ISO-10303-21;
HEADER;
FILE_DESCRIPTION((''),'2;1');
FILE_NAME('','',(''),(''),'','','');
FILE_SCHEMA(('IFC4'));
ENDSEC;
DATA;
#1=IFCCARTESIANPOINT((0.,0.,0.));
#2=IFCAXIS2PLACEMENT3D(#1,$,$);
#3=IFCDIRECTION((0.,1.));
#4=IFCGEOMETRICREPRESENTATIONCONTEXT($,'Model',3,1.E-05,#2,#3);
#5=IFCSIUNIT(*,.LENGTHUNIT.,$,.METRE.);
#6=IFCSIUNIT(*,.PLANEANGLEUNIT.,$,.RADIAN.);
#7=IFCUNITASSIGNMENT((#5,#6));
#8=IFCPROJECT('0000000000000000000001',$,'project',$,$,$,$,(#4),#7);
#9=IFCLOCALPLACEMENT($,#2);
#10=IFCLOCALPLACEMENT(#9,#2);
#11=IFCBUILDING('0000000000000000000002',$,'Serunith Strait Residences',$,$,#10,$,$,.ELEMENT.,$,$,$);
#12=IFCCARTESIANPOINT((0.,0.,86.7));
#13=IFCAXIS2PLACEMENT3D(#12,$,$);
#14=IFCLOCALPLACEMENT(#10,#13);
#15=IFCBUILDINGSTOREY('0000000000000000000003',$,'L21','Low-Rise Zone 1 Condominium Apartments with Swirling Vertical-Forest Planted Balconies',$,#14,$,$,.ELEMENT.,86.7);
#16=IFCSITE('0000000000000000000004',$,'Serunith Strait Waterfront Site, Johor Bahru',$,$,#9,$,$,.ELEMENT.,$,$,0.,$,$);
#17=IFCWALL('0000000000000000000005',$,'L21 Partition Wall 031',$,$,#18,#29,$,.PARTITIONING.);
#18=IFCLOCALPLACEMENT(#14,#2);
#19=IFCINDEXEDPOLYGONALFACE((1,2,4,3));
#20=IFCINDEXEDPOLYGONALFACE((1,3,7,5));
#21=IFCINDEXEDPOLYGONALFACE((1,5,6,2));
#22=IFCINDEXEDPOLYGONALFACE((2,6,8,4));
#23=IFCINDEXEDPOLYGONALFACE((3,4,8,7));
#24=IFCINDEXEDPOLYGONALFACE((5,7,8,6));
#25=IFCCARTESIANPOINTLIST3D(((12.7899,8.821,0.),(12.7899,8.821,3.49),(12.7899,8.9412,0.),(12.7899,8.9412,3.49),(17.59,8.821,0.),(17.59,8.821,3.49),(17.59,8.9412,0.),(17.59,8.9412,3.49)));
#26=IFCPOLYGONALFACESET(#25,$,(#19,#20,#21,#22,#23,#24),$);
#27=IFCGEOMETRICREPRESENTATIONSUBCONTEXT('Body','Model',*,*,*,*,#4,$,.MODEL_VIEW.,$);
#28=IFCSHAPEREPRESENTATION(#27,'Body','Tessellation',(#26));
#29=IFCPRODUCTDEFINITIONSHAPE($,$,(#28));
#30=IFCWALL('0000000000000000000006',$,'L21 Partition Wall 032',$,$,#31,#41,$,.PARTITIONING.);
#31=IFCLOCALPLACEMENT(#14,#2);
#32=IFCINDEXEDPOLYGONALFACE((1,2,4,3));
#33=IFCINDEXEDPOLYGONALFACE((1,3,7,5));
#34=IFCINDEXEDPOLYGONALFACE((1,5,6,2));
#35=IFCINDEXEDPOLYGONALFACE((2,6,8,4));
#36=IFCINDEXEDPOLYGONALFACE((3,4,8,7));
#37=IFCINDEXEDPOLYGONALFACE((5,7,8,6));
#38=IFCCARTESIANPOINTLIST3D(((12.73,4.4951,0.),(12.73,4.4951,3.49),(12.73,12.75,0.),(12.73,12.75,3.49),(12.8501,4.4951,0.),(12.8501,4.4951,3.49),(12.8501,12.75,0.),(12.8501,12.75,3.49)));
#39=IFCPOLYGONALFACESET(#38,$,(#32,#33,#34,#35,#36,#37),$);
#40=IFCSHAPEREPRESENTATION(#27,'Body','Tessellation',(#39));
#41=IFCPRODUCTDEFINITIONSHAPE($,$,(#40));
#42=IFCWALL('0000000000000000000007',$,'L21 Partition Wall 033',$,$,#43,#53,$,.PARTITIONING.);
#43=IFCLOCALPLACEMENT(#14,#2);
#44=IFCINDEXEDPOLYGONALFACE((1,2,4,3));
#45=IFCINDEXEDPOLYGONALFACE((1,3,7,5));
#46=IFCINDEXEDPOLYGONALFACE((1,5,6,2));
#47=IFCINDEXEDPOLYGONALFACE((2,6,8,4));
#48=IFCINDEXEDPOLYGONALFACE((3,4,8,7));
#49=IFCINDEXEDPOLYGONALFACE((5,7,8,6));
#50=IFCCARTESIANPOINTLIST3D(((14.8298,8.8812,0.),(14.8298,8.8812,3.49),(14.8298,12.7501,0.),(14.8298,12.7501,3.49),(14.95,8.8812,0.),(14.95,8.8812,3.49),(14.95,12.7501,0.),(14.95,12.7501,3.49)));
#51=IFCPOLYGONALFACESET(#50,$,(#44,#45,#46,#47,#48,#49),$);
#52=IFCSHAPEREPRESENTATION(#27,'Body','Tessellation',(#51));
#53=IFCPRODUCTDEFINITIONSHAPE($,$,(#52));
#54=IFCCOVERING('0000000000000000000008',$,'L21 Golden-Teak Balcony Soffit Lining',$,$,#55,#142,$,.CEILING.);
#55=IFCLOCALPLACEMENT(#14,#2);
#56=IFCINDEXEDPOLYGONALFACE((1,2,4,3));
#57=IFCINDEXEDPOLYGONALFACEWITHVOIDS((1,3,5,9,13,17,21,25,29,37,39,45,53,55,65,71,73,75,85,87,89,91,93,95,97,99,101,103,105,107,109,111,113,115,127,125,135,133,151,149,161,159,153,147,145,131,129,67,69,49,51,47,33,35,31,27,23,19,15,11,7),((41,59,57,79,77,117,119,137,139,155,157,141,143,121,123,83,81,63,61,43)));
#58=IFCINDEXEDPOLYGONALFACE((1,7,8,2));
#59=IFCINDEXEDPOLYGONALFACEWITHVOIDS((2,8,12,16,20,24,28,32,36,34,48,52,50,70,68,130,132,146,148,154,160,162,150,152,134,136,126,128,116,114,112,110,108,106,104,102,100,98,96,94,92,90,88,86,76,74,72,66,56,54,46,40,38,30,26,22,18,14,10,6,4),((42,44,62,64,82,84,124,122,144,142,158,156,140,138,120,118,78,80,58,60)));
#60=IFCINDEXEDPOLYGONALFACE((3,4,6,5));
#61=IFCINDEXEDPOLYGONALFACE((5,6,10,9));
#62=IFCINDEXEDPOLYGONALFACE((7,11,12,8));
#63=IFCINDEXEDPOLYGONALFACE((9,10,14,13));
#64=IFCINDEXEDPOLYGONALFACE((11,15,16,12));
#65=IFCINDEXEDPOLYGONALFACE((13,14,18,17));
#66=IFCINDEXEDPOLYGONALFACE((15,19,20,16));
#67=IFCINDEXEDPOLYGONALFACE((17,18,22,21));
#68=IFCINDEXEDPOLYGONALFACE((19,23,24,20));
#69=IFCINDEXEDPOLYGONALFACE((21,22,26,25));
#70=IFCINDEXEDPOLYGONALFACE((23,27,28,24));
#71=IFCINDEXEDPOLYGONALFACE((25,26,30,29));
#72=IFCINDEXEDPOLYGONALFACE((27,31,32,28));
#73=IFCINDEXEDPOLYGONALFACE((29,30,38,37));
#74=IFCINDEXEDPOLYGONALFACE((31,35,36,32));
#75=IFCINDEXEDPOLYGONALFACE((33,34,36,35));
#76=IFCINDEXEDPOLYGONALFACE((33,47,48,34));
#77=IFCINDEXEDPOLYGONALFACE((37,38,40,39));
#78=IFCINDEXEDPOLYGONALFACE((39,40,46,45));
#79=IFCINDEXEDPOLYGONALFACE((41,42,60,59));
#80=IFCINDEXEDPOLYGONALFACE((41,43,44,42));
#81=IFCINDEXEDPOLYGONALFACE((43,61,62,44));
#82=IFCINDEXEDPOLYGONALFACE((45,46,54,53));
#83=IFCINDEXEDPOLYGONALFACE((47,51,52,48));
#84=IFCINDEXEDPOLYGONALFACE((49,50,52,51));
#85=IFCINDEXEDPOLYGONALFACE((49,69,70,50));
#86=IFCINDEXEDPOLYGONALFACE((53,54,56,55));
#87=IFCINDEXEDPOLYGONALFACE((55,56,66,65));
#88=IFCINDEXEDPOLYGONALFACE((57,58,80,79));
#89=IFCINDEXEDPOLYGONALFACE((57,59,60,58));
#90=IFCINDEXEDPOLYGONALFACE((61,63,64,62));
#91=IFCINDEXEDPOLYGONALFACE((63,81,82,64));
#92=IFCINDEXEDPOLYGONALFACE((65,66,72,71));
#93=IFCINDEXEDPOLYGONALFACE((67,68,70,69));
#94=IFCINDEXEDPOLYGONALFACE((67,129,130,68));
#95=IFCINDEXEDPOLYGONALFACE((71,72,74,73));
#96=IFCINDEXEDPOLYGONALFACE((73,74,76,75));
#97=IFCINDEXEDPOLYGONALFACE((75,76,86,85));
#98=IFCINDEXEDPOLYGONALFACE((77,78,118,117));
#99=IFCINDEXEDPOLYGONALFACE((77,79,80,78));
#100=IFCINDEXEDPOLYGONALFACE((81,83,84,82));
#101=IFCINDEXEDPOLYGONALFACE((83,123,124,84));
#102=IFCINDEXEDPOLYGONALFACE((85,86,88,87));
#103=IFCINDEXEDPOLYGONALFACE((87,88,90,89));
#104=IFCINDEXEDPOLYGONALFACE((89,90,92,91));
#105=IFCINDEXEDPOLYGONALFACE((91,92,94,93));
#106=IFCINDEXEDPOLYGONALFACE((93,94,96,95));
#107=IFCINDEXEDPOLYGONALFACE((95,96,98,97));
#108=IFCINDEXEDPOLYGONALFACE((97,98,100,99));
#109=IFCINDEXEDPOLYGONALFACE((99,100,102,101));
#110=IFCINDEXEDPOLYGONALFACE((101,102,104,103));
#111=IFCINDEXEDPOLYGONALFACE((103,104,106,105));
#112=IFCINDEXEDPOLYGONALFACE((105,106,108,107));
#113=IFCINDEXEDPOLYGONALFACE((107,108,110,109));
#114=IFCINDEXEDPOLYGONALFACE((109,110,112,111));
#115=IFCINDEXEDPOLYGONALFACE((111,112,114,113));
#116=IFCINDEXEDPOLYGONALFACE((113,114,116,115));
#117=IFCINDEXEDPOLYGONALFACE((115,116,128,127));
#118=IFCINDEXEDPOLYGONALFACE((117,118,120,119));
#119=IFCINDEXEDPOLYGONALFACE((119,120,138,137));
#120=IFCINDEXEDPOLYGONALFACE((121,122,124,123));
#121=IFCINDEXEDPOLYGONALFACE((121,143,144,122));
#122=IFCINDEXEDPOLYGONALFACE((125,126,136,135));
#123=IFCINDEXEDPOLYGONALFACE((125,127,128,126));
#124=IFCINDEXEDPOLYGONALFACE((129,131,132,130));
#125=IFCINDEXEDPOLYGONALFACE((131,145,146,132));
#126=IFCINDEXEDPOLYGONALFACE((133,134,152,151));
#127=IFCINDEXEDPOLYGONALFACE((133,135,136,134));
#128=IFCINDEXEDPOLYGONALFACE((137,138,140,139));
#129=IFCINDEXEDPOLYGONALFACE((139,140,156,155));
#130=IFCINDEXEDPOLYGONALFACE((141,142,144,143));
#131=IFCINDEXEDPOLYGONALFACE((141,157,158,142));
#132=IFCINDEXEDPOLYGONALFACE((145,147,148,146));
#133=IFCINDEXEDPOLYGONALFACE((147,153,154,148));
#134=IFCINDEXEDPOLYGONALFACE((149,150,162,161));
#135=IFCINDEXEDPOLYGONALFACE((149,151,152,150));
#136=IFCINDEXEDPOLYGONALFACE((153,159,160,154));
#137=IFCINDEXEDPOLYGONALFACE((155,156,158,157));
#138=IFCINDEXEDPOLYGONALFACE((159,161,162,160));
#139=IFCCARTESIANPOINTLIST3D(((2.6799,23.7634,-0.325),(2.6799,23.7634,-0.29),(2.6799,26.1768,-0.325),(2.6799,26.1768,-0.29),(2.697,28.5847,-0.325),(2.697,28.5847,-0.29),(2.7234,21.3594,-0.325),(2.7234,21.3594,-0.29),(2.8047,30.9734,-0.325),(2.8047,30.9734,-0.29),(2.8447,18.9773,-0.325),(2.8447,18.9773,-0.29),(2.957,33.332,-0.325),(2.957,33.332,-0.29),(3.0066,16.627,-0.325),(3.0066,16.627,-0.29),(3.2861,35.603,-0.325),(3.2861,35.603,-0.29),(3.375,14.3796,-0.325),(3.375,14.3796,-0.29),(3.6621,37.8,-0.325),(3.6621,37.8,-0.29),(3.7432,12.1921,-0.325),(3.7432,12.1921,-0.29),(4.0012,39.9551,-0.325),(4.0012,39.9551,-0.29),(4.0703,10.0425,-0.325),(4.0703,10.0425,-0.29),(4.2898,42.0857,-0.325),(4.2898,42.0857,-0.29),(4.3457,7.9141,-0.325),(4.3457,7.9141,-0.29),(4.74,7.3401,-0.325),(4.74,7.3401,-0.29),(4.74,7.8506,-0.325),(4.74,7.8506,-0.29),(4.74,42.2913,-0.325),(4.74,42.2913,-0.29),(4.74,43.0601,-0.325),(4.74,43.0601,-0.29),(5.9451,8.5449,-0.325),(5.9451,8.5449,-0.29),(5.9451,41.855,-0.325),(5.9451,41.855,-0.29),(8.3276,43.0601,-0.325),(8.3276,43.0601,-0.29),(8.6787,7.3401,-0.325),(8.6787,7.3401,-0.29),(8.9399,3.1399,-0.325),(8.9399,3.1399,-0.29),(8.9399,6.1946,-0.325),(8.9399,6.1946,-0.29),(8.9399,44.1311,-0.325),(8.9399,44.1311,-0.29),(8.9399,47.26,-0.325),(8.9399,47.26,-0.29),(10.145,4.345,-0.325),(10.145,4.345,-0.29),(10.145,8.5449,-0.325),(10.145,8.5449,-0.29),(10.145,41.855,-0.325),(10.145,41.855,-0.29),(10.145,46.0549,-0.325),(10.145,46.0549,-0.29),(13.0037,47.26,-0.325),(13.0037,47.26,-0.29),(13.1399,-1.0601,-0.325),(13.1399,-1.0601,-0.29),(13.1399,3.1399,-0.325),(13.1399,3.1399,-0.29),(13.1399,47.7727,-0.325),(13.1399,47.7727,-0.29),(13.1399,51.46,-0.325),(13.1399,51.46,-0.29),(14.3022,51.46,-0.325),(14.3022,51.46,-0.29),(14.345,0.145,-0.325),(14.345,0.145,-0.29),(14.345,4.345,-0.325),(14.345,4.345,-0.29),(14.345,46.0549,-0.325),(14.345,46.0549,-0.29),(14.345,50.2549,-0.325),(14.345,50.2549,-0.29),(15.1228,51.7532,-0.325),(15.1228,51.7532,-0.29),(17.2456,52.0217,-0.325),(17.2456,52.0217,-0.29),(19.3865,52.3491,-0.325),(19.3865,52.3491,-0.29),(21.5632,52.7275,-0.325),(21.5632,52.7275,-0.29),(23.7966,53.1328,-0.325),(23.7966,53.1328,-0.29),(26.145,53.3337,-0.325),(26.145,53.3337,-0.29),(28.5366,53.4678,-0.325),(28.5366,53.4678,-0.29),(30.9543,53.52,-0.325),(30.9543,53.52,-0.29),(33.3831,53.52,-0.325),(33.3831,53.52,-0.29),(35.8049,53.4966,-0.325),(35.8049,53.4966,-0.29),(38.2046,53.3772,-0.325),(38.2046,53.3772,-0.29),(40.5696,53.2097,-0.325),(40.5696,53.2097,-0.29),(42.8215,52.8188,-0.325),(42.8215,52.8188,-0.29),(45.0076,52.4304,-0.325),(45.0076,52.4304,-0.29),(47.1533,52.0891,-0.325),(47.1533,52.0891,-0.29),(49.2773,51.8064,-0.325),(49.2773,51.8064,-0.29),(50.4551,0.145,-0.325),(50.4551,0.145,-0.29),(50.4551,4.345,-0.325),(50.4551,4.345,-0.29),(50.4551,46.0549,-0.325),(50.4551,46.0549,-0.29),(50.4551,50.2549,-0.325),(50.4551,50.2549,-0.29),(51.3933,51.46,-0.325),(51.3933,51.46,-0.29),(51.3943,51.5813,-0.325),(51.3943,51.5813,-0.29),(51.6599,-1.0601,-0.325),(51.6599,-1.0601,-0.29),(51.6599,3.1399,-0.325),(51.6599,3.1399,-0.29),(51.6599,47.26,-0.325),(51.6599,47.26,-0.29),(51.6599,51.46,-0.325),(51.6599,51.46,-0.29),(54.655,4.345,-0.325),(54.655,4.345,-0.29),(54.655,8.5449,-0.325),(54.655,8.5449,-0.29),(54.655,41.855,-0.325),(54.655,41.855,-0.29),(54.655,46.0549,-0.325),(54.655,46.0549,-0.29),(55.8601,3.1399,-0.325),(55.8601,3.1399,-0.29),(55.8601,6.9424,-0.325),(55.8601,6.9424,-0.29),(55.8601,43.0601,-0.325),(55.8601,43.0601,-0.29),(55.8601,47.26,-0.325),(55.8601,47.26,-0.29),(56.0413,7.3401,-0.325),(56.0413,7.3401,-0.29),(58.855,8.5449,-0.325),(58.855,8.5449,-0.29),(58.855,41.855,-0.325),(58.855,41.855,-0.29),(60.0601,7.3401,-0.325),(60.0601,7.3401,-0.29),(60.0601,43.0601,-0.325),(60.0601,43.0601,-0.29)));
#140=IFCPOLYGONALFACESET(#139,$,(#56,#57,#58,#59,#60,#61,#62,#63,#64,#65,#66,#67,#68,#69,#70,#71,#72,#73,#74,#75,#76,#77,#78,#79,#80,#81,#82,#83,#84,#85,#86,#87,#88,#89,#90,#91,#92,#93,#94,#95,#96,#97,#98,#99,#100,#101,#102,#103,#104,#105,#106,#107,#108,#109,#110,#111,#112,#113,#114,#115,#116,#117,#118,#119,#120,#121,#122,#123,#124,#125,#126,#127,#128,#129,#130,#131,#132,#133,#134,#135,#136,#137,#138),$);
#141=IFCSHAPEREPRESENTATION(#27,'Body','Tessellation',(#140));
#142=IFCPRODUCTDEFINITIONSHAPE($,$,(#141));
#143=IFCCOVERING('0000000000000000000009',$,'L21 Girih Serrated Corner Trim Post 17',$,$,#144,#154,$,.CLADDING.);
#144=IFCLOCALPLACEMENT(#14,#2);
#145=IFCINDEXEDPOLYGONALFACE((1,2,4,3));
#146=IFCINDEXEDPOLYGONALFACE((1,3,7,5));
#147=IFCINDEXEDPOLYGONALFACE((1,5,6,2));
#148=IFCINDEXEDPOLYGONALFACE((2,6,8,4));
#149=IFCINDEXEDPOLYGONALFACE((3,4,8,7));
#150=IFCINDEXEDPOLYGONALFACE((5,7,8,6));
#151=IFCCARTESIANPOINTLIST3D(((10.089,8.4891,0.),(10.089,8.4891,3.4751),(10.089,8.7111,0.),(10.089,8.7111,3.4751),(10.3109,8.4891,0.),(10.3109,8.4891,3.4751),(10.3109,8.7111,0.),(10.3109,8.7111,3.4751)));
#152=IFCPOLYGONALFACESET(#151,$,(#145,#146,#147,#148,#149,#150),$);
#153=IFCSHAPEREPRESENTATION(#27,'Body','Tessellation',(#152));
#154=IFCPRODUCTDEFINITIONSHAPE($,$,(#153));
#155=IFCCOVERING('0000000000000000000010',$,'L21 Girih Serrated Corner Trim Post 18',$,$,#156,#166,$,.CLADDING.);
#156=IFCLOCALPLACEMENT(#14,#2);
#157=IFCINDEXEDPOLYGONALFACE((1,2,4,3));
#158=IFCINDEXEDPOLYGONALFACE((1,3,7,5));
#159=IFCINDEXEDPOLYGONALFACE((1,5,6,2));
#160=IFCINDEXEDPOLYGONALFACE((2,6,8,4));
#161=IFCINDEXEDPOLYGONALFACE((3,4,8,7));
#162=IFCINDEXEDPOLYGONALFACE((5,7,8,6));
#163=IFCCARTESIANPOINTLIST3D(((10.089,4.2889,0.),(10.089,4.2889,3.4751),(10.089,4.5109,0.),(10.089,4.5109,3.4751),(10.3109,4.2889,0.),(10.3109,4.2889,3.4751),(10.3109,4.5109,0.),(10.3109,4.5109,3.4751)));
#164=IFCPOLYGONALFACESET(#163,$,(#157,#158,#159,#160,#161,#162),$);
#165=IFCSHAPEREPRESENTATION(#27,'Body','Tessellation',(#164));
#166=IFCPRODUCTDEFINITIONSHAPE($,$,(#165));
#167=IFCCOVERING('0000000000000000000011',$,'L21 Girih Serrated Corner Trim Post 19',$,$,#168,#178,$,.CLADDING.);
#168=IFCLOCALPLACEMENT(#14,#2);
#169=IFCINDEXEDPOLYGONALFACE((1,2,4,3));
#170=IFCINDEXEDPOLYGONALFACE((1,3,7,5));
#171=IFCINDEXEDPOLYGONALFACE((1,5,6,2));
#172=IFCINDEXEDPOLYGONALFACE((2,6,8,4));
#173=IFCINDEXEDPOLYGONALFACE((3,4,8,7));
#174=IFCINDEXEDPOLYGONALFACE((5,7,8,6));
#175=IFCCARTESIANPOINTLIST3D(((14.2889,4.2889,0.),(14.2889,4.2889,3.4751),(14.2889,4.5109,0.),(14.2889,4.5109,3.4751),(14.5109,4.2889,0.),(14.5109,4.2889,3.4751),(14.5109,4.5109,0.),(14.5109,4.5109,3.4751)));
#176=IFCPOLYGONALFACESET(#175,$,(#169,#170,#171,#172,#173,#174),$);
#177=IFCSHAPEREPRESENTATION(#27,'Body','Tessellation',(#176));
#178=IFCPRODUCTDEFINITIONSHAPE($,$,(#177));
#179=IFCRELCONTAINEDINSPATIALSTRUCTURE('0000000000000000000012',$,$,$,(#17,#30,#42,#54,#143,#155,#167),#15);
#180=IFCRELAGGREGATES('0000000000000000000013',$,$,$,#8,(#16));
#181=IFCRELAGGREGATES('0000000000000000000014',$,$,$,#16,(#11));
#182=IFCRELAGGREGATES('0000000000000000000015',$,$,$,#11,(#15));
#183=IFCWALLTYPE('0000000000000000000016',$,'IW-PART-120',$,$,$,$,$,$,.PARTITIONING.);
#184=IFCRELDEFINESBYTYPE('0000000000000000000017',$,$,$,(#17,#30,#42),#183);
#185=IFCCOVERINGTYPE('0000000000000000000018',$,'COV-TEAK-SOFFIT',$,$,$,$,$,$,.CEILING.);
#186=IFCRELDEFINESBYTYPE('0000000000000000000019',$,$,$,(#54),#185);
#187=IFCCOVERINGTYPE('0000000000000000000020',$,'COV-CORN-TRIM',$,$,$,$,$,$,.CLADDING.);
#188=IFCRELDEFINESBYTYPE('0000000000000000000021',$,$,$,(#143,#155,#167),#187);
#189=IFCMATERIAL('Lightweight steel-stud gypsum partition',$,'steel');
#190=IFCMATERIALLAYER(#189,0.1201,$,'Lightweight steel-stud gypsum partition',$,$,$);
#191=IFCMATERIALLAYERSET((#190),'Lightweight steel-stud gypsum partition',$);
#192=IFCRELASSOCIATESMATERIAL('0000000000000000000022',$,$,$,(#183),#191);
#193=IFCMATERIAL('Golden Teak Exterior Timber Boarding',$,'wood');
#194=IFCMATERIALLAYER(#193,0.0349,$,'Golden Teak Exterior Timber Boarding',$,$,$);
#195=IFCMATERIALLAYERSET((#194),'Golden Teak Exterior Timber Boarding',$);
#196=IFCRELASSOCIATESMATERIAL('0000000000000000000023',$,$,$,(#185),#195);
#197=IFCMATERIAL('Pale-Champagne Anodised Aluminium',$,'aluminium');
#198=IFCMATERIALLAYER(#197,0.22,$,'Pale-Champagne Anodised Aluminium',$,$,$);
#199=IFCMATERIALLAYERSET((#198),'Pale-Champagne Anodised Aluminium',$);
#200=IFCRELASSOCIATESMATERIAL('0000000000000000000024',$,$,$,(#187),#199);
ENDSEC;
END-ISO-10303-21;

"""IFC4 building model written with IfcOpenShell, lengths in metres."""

from ifc_helpers import new_model, si_unit, direction, frame, frame_2d, origin, origin_2d, place, context, subcontext, project, spatial, polyline, rectangle, outline, extrude, source, transform, mapped, material, layer, layer_set, type_object, element, save


model = new_model("IFC4")

# Units and contexts
model_context = context("Model", 3, precision=1e-05, world=origin(), true_north=direction((0.0, 1.0)))
body_context = subcontext(model_context, "Body", "Model", "MODEL_VIEW")
ifc_project = project(units=[si_unit("LENGTHUNIT", "METRE"), si_unit("PLANEANGLEUNIT", "RADIAN")], contexts=[model_context])

# Site, building, storey
site_placement = place(None, origin())
site = spatial("IfcSite", under=ifc_project, at=site_placement, Name="Serunith Strait Waterfront Site, Johor Bahru", CompositionType="ELEMENT", RefElevation=0.0)
building_placement = place(site_placement, origin())
building = spatial("IfcBuilding", under=site, at=building_placement, Name="Serunith Strait Residences", CompositionType="ELEMENT")
storey_placement = place(building_placement, frame((0.0, 0.0, 86.7)))
storey = spatial("IfcBuildingStorey", under=building, at=storey_placement, Name="L21", Description="Low-Rise Zone 1 Condominium Apartments with Swirling Vertical-Forest Planted Balconies", CompositionType="ELEMENT", Elevation=86.7)

# Shared definitions
ifc_material_1 = material(Name="Pale-Champagne Anodised Aluminium", Category="aluminium")

# Walls
ifc_material_2 = material(Name="Lightweight steel-stud gypsum partition", Category="steel")
ifc_layer_1 = layer(ifc_material_2, 0.1201, Name="Lightweight steel-stud gypsum partition")
ifc_layer_set_1 = layer_set([ifc_layer_1], Name="Lightweight steel-stud gypsum partition")
wall_type_1 = type_object("IfcWallType", Name="IW-PART-120", PredefinedType="PARTITIONING", material=ifc_layer_set_1)
wall_1_placement = place(storey_placement, frame((12.79, 8.8811, 0.0), z_axis=(0.0, 0.0, 1.0), x_axis=(1.0, 0.0, 0.0)))
element("IfcWall", 1, at=wall_1_placement, inside=storey, type_object=wall_type_1, Name="L21 Partition Wall 031", PredefinedType="PARTITIONING", context=body_context, shape_type="SweptSolid", body=[
    extrude(rectangle(XDim=4.8, YDim=0.1201, at=frame_2d((2.3999, 0.0))), origin(), (0.0, 0.0, 1.0), 3.49),
])
wall_2_placement = place(storey_placement, frame((12.79, 4.4951, 0.0), z_axis=(0.0, 0.0, 1.0), x_axis=(0.0, 1.0, 0.0)))
element("IfcWall", 2, at=wall_2_placement, inside=storey, type_object=wall_type_1, Name="L21 Partition Wall 032", PredefinedType="PARTITIONING", context=body_context, shape_type="SweptSolid", body=[
    extrude(rectangle(XDim=8.2549, YDim=0.1201, at=frame_2d((4.1274, 0.0))), origin(), (0.0, 0.0, 1.0), 3.49),
])
wall_3_placement = place(storey_placement, frame((14.8899, 8.8811, 0.0), z_axis=(0.0, 0.0, 1.0), x_axis=(0.0, 1.0, 0.0)))
element("IfcWall", 3, at=wall_3_placement, inside=storey, type_object=wall_type_1, Name="L21 Partition Wall 033", PredefinedType="PARTITIONING", context=body_context, shape_type="SweptSolid", body=[
    extrude(rectangle(XDim=3.8689, YDim=0.1201, at=frame_2d((1.9346, 0.0))), origin(), (0.0, 0.0, 1.0), 3.49),
])

# Covering
ifc_material_3 = material(Name="Golden Teak Exterior Timber Boarding", Category="wood")
ifc_layer_2 = layer(ifc_material_3, 0.0349, Name="Golden Teak Exterior Timber Boarding")
ifc_layer_set_2 = layer_set([ifc_layer_2], Name="Golden Teak Exterior Timber Boarding")
covering_type_1 = type_object("IfcCoveringType", Name="COV-TEAK-SOFFIT", PredefinedType="CEILING", material=ifc_layer_set_2)
covering_placement = place(storey_placement, frame((0.0, 0.0, -0.325)))
element("IfcCovering", 4, at=covering_placement, inside=storey, type_object=covering_type_1, Name="L21 Golden-Teak Balcony Soffit Lining", PredefinedType="CEILING", context=body_context, shape_type="SweptSolid", body=[
    extrude(outline(polyline([(4.74, 7.8506), (4.3457, 7.9141), (4.0703, 10.0425), (3.7432, 12.1921), (3.375, 14.3796), (3.0066, 16.627), (2.8447, 18.9773), (2.7234, 21.3594), (2.6799, 23.7634), (2.6799, 26.1768), (2.697, 28.5847), (2.8047, 30.9734), (2.957, 33.332), (3.2861, 35.603), (3.6621, 37.8), (4.0012, 39.9551), (4.2898, 42.0857), (4.74, 42.2913), (4.74, 43.0601), (8.3276, 43.0601), (8.9399, 44.1311), (8.9399, 47.26), (13.0037, 47.26), (13.1399, 47.7727), (13.1399, 51.46), (14.3022, 51.46), (15.1228, 51.7532), (17.2456, 52.0217), (19.3865, 52.3491), (21.5632, 52.7275), (23.7966, 53.1328), (26.145, 53.3337), (28.5366, 53.4678), (30.9543, 53.52), (33.3831, 53.52), (35.8049, 53.4966), (38.2046, 53.3772), (40.5696, 53.2097), (42.8215, 52.8188), (45.0076, 52.4304), (47.1533, 52.0891), (49.2773, 51.8064), (51.3943, 51.5813), (51.3933, 51.46), (51.6599, 51.46), (51.6599, 47.26), (55.8601, 47.26), (55.8601, 43.0601), (60.0601, 43.0601), (60.0601, 7.3401), (56.0413, 7.3401), (55.8601, 6.9424), (55.8601, 3.1399), (51.6599, 3.1399), (51.6599, -1.0601), (13.1399, -1.0601), (13.1399, 3.1399), (8.9399, 3.1399), (8.9399, 6.1946), (8.6787, 7.3401), (4.74, 7.3401), (4.74, 7.8506)]), holes=[polyline([(50.4551, 0.145), (50.4551, 4.345), (54.655, 4.345), (54.655, 8.5449), (58.855, 8.5449), (58.855, 41.855), (54.655, 41.855), (54.655, 46.0549), (50.4551, 46.0549), (50.4551, 50.2549), (14.345, 50.2549), (14.345, 46.0549), (10.145, 46.0549), (10.145, 41.855), (5.9451, 41.855), (5.9451, 8.5449), (10.145, 8.5449), (10.145, 4.345), (14.345, 4.345), (14.345, 0.145), (50.4551, 0.145)])]), origin(), (0.0, 0.0, 1.0), 0.0349),
])

# Coverings
ifc_layer_3 = layer(ifc_material_1, 0.22, Name="Pale-Champagne Anodised Aluminium")
ifc_layer_set_3 = layer_set([ifc_layer_3], Name="Pale-Champagne Anodised Aluminium")
covering_type_2 = type_object("IfcCoveringType", Name="COV-CORN-TRIM", PredefinedType="CLADDING", material=ifc_layer_set_3)
shared_shape_1 = source(origin(), body_context, "Body", "SweptSolid", [
    extrude(rectangle(XDim=0.2219, YDim=0.2219, at=origin_2d()), origin(), (0.0, 0.0, 1.0), 3.4751),
])
for number, where, z_axis, x_axis, name in (
    (5, (10.2, 8.6001, 0.0), (0.0, 0.0, 1.0), (1.0, 0.0, 0.0), "L21 Girih Serrated Corner Trim Post 17"),
    (6, (10.2, 4.3999, 0.0), (0.0, 0.0, 1.0), (1.0, 0.0, 0.0), "L21 Girih Serrated Corner Trim Post 18"),
    (7, (14.3999, 4.3999, 0.0), (0.0, 0.0, 1.0), (1.0, 0.0, 0.0), "L21 Girih Serrated Corner Trim Post 19"),
):
    element("IfcCovering", number, at=place(storey_placement, frame(where, z_axis=z_axis, x_axis=x_axis)), inside=storey, type_object=covering_type_2, Name=name, PredefinedType="CLADDING", context=body_context, shape_type="MappedRepresentation", body=[
        mapped(shared_shape_1, transform((0.0, 0.0, 0.0), scale=1.0)),
    ])

save(model, "model.ifc")
